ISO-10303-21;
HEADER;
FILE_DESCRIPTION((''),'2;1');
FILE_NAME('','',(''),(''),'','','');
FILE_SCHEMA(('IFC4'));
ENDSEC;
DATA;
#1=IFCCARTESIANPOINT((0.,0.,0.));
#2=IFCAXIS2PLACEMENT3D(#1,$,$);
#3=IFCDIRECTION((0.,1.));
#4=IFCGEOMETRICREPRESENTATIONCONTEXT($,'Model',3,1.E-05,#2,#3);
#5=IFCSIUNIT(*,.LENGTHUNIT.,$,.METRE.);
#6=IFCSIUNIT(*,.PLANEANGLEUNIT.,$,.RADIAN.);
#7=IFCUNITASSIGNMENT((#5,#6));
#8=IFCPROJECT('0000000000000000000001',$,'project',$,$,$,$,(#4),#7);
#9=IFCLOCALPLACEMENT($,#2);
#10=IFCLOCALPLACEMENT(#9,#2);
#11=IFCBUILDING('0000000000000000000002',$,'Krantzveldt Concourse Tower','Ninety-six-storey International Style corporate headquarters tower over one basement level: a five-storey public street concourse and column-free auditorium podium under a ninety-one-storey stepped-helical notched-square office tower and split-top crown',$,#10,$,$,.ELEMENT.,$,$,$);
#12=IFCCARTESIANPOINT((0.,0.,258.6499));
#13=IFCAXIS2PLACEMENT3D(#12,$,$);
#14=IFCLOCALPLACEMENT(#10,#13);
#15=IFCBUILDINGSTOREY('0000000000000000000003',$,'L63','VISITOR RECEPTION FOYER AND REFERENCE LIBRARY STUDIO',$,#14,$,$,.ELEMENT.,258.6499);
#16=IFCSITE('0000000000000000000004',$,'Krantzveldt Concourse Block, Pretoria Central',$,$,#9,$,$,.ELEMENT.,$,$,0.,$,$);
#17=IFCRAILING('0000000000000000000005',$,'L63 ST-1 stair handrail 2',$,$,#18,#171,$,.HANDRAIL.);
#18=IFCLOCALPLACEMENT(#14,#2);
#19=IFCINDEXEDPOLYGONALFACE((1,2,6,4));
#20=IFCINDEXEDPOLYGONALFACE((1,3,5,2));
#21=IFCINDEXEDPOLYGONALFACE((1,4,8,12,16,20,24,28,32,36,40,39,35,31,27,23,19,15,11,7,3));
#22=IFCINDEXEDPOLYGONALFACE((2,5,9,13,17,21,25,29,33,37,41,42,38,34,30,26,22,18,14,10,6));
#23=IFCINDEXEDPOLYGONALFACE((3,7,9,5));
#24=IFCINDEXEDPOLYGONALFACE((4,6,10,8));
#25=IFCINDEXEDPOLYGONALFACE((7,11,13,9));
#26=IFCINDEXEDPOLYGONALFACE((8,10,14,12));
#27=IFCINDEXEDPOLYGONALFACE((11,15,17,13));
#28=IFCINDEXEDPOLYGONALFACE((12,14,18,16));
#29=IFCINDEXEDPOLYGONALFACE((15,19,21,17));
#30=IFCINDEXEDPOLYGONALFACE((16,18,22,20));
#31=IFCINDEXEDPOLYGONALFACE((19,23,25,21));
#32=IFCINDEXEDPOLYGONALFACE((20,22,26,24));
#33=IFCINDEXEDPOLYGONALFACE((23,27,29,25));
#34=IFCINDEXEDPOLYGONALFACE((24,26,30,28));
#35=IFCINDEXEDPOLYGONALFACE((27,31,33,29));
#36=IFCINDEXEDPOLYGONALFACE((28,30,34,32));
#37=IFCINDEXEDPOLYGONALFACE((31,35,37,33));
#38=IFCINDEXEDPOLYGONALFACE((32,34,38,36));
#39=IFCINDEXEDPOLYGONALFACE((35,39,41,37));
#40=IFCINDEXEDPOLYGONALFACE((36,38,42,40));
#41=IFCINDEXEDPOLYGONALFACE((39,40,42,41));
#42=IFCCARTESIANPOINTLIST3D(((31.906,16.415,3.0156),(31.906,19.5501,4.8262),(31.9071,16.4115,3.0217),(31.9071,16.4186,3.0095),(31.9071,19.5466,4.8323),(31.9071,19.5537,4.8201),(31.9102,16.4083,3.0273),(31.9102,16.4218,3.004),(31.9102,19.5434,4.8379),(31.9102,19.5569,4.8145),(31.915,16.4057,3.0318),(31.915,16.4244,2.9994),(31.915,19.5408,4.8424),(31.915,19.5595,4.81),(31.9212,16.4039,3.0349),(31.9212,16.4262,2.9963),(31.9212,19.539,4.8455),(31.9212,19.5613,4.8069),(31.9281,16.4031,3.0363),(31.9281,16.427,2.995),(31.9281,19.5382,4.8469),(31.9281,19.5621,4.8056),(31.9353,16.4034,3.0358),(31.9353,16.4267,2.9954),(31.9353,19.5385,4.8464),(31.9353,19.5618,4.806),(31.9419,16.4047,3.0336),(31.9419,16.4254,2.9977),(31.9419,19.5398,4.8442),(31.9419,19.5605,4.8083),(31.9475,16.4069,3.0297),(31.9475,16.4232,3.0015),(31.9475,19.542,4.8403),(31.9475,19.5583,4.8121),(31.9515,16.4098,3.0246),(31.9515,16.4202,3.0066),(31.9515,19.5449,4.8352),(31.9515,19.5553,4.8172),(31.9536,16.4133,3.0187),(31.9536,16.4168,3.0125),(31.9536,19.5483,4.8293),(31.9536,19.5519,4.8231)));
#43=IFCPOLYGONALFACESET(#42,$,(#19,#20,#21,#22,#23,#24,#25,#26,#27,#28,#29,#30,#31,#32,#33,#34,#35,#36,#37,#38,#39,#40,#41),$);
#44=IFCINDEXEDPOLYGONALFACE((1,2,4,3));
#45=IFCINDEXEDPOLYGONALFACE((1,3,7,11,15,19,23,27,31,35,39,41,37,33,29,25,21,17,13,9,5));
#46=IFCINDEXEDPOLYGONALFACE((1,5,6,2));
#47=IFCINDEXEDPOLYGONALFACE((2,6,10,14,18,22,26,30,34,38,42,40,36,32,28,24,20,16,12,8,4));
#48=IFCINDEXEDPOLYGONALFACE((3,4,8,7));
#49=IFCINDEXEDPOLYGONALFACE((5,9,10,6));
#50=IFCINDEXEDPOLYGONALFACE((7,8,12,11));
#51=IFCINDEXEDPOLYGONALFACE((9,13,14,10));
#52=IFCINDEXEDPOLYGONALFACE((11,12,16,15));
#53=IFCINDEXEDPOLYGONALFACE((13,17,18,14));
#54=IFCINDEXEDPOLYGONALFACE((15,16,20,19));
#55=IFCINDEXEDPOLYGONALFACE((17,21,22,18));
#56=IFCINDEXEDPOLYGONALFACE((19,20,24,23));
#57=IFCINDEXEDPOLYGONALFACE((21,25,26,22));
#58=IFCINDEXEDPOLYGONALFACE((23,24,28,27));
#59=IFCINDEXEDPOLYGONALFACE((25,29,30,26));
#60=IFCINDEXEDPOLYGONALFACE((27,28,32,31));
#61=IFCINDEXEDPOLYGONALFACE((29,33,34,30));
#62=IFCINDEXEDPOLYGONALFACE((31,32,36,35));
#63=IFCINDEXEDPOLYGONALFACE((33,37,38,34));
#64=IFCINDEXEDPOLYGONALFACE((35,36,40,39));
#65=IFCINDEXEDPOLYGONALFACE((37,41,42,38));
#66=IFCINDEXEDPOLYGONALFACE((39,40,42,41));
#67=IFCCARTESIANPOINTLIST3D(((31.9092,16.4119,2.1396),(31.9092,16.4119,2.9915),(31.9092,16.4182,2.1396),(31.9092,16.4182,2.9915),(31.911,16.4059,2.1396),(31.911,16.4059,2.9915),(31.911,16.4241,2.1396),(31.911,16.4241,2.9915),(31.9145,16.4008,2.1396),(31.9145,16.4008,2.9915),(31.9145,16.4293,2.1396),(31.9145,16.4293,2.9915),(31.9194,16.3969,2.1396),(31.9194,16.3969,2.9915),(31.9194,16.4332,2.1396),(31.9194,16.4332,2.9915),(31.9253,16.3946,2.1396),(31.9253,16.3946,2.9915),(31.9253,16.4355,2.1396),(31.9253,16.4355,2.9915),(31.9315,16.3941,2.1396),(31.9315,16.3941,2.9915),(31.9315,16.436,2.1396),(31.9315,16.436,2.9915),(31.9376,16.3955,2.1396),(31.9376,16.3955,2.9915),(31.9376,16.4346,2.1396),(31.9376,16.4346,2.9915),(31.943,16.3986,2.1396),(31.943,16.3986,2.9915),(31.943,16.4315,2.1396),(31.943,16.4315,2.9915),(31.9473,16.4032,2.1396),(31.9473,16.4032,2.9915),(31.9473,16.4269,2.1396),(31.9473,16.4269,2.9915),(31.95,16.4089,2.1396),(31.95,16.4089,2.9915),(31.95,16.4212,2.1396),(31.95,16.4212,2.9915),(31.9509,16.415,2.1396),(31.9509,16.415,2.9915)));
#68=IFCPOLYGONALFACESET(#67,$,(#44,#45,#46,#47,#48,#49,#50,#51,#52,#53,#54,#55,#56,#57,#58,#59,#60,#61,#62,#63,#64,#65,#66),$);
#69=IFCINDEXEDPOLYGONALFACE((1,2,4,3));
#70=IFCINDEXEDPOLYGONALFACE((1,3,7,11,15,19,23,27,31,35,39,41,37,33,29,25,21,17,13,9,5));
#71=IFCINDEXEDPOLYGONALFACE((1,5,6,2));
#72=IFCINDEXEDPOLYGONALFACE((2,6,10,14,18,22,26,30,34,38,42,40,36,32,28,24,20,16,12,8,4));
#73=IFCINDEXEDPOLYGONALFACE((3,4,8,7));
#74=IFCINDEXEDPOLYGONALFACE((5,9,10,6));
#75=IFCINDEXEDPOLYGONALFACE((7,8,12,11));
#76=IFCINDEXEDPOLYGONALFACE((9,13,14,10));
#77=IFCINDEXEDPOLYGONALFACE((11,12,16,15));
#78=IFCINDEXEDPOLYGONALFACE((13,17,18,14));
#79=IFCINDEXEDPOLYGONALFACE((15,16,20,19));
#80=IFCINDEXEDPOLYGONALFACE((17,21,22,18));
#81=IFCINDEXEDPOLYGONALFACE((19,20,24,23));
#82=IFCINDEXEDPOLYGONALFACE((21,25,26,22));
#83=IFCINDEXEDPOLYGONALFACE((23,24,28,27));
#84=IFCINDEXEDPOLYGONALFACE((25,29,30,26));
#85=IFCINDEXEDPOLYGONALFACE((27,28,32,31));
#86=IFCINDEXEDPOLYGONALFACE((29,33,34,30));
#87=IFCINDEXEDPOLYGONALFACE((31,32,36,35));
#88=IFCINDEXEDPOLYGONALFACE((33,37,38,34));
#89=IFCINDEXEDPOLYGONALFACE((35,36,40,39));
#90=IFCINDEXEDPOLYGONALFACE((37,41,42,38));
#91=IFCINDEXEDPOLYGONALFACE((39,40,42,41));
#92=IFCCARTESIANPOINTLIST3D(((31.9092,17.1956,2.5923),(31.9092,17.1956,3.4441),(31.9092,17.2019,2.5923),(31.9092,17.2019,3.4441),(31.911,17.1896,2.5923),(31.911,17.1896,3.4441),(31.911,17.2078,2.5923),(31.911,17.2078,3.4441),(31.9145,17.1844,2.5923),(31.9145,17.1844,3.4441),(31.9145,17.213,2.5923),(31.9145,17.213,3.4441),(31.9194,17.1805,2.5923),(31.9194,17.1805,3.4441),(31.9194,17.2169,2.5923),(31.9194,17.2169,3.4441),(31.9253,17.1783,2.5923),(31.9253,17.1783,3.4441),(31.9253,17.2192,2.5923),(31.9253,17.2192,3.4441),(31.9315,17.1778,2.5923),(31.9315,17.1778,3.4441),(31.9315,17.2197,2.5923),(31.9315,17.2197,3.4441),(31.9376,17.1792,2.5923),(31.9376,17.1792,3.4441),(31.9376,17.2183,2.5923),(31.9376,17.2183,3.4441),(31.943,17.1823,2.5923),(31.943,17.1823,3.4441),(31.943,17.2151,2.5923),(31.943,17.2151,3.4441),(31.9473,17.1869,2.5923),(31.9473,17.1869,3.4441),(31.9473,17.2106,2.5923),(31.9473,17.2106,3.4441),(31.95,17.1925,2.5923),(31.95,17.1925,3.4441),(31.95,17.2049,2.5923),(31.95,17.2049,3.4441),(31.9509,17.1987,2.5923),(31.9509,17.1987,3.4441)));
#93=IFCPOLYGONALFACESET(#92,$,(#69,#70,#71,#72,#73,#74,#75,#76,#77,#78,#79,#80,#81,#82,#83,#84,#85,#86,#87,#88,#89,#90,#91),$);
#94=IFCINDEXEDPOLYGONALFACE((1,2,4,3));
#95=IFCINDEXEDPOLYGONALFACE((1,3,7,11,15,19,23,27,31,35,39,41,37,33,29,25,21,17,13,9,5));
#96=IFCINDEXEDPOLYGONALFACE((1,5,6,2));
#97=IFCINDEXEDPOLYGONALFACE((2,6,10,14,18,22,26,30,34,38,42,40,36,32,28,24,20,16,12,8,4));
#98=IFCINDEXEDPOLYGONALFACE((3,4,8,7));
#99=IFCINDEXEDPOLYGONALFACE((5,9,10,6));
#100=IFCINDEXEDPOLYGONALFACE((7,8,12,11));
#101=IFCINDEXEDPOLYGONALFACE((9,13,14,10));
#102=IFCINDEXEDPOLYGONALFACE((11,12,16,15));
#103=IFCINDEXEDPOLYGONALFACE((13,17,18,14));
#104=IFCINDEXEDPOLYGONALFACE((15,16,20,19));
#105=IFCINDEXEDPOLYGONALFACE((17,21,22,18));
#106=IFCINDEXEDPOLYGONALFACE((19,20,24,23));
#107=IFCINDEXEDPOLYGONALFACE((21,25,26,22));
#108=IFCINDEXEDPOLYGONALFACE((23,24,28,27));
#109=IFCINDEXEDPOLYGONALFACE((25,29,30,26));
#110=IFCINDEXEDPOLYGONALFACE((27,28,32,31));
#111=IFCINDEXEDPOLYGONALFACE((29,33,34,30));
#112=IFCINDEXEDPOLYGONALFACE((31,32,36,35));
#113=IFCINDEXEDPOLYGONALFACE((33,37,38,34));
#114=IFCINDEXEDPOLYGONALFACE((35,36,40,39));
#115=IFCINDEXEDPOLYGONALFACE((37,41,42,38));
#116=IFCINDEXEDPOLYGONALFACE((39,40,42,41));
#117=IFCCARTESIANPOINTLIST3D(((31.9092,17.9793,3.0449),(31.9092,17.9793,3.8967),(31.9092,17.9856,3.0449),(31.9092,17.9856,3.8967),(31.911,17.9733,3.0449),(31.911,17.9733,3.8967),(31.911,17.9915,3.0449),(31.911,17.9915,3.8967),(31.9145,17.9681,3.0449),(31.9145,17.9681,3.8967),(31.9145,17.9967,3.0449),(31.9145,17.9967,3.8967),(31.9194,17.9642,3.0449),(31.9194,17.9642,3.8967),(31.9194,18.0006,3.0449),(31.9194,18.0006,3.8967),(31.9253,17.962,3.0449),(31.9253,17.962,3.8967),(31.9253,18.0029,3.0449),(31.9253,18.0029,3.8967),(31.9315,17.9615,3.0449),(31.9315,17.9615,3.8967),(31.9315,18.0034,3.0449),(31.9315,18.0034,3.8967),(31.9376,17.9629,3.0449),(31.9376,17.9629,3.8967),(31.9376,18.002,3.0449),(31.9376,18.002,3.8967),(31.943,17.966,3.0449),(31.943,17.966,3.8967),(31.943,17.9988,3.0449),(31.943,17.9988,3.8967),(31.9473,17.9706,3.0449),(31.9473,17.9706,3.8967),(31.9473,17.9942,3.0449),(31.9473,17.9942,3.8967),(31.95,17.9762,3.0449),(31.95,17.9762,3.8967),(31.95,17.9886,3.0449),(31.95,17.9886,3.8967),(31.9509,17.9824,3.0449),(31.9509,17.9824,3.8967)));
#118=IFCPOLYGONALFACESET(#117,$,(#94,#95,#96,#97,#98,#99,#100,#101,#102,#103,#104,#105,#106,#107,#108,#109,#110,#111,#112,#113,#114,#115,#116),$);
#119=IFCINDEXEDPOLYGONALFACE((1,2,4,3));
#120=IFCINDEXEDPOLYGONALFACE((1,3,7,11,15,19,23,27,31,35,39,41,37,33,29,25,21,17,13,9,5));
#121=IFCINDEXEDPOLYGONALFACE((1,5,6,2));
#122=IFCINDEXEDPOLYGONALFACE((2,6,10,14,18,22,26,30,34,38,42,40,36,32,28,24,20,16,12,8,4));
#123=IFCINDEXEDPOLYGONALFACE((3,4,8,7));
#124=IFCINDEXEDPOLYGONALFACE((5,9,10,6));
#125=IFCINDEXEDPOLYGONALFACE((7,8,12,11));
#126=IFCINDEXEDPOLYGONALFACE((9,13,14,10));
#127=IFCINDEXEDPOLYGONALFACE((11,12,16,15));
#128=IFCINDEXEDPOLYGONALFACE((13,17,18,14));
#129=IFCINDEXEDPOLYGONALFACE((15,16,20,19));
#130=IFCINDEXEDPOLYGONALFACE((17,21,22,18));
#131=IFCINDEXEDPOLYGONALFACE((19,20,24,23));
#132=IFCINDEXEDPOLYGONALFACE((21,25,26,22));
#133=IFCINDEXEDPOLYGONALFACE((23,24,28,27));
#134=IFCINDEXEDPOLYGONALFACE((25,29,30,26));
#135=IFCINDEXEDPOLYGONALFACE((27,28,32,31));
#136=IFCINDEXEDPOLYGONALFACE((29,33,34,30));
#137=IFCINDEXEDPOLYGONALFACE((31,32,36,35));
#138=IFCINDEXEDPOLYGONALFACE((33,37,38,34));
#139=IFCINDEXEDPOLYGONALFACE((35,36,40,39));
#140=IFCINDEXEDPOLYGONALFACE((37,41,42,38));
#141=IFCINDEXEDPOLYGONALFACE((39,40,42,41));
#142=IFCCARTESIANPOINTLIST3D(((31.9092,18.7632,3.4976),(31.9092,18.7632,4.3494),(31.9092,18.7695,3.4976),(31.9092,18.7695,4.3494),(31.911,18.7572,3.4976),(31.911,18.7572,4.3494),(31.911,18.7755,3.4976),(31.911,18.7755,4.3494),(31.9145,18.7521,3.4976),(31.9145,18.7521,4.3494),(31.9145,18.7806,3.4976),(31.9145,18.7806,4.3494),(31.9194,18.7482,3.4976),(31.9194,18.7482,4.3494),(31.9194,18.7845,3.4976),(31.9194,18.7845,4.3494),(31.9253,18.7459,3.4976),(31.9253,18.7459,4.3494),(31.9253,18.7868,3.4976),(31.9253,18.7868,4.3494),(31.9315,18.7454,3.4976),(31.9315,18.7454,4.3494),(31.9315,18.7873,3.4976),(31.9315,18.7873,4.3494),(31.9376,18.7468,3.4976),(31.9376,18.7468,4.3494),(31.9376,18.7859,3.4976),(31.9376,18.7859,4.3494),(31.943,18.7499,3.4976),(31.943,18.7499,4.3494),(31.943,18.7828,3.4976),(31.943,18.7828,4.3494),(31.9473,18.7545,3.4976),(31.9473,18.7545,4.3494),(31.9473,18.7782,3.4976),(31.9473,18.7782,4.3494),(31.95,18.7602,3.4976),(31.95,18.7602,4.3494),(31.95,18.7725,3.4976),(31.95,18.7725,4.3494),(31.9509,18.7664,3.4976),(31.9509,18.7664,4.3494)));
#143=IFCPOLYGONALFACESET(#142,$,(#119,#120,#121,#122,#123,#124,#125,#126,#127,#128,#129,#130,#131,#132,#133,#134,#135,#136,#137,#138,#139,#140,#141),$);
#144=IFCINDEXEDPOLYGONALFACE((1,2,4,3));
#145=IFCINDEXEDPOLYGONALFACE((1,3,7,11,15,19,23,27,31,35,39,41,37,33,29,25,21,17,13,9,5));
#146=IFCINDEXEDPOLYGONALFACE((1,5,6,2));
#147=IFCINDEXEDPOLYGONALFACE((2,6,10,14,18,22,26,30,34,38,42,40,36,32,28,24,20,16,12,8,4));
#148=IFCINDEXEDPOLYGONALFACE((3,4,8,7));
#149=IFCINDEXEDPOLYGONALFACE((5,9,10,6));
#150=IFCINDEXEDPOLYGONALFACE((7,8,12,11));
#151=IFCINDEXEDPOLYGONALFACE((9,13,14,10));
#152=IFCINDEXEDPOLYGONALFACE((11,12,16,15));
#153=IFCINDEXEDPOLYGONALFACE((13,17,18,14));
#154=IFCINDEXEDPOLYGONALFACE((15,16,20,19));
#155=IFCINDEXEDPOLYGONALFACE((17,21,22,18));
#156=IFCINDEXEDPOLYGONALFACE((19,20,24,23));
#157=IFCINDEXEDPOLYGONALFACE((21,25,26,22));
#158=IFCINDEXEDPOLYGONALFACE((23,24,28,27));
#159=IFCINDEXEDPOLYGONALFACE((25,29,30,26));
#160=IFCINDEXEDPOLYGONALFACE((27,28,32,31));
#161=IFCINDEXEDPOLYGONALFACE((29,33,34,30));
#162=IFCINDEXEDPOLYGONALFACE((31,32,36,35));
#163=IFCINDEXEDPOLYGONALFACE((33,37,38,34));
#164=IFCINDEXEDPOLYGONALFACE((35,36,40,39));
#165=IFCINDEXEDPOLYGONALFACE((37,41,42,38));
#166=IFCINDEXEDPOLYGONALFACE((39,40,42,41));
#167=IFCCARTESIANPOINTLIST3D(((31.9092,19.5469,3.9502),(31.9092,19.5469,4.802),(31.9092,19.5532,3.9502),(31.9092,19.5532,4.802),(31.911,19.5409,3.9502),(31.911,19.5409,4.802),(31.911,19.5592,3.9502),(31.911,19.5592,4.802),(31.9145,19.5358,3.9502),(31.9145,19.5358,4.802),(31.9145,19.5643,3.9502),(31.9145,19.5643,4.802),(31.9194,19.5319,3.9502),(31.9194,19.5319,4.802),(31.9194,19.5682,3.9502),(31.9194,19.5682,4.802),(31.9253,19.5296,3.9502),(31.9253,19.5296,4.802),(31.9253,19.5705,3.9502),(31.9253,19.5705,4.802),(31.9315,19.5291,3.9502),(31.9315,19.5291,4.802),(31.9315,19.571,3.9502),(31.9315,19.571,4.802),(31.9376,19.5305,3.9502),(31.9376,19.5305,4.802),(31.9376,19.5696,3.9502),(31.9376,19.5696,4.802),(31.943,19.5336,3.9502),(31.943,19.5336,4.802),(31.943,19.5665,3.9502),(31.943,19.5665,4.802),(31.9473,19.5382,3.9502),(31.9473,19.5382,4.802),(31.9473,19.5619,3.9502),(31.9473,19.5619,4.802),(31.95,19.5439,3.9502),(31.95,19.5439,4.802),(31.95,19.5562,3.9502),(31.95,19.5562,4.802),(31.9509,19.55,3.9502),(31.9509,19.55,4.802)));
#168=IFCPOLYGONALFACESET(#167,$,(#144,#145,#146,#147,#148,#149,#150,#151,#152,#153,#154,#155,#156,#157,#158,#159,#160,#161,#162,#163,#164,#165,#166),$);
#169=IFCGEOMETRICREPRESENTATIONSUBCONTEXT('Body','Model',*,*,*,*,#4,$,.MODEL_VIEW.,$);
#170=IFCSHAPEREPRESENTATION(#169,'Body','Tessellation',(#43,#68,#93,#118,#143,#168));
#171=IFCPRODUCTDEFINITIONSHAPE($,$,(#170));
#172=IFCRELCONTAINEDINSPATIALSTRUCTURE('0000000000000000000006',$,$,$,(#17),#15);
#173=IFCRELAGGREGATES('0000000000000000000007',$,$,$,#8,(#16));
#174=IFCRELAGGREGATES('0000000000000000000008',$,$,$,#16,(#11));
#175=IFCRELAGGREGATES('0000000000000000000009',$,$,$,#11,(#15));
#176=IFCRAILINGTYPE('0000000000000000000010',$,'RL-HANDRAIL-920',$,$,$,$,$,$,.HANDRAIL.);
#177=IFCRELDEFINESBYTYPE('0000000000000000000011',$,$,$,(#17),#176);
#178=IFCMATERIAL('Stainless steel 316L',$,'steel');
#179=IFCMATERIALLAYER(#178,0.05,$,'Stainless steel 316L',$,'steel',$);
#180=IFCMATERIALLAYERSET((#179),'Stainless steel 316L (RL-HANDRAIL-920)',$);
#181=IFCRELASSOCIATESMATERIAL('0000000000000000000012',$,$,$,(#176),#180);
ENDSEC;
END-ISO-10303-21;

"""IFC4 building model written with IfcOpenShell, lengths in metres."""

from ifc_helpers import new_model, si_unit, direction, frame, origin, origin_2d, place, context, subcontext, project, spatial, circle, extrude, material, layer, layer_set, type_object, element, save


model = new_model("IFC4")

# Units and contexts
model_context = context("Model", 3, precision=1e-05, world=origin(), true_north=direction((0.0, 1.0)))
body_context = subcontext(model_context, "Body", "Model", "MODEL_VIEW")
ifc_project = project(units=[si_unit("LENGTHUNIT", "METRE"), si_unit("PLANEANGLEUNIT", "RADIAN")], contexts=[model_context])

# Site, building, storey
site_placement = place(None, origin())
site = spatial("IfcSite", under=ifc_project, at=site_placement, Name="Krantzveldt Concourse Block, Pretoria Central", CompositionType="ELEMENT", RefElevation=0.0)
building_placement = place(site_placement, origin())
building = spatial("IfcBuilding", under=site, at=building_placement, Name="Krantzveldt Concourse Tower", Description="Ninety-six-storey International Style corporate headquarters tower over one basement level: a five-storey public street concourse and column-free auditorium podium under a ninety-one-storey stepped-helical notched-square office tower and split-top crown", CompositionType="ELEMENT")
storey_placement = place(building_placement, frame((0.0, 0.0, 258.6499)))
storey = spatial("IfcBuildingStorey", under=building, at=storey_placement, Name="L63", Description="VISITOR RECEPTION FOYER AND REFERENCE LIBRARY STUDIO", CompositionType="ELEMENT", Elevation=258.6499)

# Railing
ifc_material_1 = material(Name="Stainless steel 316L", Category="steel")
ifc_layer_1 = layer(ifc_material_1, 0.05, Name="Stainless steel 316L", Category="steel")
ifc_layer_set_1 = layer_set([ifc_layer_1], Name="Stainless steel 316L (RL-HANDRAIL-920)")
railing_type_1 = type_object("IfcRailingType", Name="RL-HANDRAIL-920", PredefinedType="HANDRAIL", material=ifc_layer_set_1)
railing_1_placement = place(storey_placement, frame((31.9299, 16.415, 2.1396)))
element("IfcRailing", 1, at=railing_1_placement, inside=storey, type_object=railing_type_1, Name="L63 ST-1 stair handrail 2", PredefinedType="HANDRAIL", context=body_context, shape_type="SweptSolid", body=[
    extrude(circle(Radius=0.0239, at=origin_2d()), frame((0.0, 0.0, 0.876), z_axis=(0.0, 0.86596, 0.500114), x_axis=(-1.0, 0.0, 0.0)), (0.0, 0.0, 1.0), 3.6204),
    extrude(circle(Radius=0.021, at=origin_2d()), origin(), (0.0, 0.0, 1.0), 0.8518),
    extrude(circle(Radius=0.021, at=origin_2d()), frame((0.0, 0.7837, 0.4526)), (0.0, 0.0, 1.0), 0.8518),
    extrude(circle(Radius=0.021, at=origin_2d()), frame((0.0, 1.5674, 0.9053)), (0.0, 0.0, 1.0), 0.8518),
    extrude(circle(Radius=0.021, at=origin_2d()), frame((0.0, 2.3513, 1.3579)), (0.0, 0.0, 1.0), 0.8518),
    extrude(circle(Radius=0.021, at=origin_2d()), frame((0.0, 3.135, 1.8105)), (0.0, 0.0, 1.0), 0.8518),
])

save(model, "model.ifc")
